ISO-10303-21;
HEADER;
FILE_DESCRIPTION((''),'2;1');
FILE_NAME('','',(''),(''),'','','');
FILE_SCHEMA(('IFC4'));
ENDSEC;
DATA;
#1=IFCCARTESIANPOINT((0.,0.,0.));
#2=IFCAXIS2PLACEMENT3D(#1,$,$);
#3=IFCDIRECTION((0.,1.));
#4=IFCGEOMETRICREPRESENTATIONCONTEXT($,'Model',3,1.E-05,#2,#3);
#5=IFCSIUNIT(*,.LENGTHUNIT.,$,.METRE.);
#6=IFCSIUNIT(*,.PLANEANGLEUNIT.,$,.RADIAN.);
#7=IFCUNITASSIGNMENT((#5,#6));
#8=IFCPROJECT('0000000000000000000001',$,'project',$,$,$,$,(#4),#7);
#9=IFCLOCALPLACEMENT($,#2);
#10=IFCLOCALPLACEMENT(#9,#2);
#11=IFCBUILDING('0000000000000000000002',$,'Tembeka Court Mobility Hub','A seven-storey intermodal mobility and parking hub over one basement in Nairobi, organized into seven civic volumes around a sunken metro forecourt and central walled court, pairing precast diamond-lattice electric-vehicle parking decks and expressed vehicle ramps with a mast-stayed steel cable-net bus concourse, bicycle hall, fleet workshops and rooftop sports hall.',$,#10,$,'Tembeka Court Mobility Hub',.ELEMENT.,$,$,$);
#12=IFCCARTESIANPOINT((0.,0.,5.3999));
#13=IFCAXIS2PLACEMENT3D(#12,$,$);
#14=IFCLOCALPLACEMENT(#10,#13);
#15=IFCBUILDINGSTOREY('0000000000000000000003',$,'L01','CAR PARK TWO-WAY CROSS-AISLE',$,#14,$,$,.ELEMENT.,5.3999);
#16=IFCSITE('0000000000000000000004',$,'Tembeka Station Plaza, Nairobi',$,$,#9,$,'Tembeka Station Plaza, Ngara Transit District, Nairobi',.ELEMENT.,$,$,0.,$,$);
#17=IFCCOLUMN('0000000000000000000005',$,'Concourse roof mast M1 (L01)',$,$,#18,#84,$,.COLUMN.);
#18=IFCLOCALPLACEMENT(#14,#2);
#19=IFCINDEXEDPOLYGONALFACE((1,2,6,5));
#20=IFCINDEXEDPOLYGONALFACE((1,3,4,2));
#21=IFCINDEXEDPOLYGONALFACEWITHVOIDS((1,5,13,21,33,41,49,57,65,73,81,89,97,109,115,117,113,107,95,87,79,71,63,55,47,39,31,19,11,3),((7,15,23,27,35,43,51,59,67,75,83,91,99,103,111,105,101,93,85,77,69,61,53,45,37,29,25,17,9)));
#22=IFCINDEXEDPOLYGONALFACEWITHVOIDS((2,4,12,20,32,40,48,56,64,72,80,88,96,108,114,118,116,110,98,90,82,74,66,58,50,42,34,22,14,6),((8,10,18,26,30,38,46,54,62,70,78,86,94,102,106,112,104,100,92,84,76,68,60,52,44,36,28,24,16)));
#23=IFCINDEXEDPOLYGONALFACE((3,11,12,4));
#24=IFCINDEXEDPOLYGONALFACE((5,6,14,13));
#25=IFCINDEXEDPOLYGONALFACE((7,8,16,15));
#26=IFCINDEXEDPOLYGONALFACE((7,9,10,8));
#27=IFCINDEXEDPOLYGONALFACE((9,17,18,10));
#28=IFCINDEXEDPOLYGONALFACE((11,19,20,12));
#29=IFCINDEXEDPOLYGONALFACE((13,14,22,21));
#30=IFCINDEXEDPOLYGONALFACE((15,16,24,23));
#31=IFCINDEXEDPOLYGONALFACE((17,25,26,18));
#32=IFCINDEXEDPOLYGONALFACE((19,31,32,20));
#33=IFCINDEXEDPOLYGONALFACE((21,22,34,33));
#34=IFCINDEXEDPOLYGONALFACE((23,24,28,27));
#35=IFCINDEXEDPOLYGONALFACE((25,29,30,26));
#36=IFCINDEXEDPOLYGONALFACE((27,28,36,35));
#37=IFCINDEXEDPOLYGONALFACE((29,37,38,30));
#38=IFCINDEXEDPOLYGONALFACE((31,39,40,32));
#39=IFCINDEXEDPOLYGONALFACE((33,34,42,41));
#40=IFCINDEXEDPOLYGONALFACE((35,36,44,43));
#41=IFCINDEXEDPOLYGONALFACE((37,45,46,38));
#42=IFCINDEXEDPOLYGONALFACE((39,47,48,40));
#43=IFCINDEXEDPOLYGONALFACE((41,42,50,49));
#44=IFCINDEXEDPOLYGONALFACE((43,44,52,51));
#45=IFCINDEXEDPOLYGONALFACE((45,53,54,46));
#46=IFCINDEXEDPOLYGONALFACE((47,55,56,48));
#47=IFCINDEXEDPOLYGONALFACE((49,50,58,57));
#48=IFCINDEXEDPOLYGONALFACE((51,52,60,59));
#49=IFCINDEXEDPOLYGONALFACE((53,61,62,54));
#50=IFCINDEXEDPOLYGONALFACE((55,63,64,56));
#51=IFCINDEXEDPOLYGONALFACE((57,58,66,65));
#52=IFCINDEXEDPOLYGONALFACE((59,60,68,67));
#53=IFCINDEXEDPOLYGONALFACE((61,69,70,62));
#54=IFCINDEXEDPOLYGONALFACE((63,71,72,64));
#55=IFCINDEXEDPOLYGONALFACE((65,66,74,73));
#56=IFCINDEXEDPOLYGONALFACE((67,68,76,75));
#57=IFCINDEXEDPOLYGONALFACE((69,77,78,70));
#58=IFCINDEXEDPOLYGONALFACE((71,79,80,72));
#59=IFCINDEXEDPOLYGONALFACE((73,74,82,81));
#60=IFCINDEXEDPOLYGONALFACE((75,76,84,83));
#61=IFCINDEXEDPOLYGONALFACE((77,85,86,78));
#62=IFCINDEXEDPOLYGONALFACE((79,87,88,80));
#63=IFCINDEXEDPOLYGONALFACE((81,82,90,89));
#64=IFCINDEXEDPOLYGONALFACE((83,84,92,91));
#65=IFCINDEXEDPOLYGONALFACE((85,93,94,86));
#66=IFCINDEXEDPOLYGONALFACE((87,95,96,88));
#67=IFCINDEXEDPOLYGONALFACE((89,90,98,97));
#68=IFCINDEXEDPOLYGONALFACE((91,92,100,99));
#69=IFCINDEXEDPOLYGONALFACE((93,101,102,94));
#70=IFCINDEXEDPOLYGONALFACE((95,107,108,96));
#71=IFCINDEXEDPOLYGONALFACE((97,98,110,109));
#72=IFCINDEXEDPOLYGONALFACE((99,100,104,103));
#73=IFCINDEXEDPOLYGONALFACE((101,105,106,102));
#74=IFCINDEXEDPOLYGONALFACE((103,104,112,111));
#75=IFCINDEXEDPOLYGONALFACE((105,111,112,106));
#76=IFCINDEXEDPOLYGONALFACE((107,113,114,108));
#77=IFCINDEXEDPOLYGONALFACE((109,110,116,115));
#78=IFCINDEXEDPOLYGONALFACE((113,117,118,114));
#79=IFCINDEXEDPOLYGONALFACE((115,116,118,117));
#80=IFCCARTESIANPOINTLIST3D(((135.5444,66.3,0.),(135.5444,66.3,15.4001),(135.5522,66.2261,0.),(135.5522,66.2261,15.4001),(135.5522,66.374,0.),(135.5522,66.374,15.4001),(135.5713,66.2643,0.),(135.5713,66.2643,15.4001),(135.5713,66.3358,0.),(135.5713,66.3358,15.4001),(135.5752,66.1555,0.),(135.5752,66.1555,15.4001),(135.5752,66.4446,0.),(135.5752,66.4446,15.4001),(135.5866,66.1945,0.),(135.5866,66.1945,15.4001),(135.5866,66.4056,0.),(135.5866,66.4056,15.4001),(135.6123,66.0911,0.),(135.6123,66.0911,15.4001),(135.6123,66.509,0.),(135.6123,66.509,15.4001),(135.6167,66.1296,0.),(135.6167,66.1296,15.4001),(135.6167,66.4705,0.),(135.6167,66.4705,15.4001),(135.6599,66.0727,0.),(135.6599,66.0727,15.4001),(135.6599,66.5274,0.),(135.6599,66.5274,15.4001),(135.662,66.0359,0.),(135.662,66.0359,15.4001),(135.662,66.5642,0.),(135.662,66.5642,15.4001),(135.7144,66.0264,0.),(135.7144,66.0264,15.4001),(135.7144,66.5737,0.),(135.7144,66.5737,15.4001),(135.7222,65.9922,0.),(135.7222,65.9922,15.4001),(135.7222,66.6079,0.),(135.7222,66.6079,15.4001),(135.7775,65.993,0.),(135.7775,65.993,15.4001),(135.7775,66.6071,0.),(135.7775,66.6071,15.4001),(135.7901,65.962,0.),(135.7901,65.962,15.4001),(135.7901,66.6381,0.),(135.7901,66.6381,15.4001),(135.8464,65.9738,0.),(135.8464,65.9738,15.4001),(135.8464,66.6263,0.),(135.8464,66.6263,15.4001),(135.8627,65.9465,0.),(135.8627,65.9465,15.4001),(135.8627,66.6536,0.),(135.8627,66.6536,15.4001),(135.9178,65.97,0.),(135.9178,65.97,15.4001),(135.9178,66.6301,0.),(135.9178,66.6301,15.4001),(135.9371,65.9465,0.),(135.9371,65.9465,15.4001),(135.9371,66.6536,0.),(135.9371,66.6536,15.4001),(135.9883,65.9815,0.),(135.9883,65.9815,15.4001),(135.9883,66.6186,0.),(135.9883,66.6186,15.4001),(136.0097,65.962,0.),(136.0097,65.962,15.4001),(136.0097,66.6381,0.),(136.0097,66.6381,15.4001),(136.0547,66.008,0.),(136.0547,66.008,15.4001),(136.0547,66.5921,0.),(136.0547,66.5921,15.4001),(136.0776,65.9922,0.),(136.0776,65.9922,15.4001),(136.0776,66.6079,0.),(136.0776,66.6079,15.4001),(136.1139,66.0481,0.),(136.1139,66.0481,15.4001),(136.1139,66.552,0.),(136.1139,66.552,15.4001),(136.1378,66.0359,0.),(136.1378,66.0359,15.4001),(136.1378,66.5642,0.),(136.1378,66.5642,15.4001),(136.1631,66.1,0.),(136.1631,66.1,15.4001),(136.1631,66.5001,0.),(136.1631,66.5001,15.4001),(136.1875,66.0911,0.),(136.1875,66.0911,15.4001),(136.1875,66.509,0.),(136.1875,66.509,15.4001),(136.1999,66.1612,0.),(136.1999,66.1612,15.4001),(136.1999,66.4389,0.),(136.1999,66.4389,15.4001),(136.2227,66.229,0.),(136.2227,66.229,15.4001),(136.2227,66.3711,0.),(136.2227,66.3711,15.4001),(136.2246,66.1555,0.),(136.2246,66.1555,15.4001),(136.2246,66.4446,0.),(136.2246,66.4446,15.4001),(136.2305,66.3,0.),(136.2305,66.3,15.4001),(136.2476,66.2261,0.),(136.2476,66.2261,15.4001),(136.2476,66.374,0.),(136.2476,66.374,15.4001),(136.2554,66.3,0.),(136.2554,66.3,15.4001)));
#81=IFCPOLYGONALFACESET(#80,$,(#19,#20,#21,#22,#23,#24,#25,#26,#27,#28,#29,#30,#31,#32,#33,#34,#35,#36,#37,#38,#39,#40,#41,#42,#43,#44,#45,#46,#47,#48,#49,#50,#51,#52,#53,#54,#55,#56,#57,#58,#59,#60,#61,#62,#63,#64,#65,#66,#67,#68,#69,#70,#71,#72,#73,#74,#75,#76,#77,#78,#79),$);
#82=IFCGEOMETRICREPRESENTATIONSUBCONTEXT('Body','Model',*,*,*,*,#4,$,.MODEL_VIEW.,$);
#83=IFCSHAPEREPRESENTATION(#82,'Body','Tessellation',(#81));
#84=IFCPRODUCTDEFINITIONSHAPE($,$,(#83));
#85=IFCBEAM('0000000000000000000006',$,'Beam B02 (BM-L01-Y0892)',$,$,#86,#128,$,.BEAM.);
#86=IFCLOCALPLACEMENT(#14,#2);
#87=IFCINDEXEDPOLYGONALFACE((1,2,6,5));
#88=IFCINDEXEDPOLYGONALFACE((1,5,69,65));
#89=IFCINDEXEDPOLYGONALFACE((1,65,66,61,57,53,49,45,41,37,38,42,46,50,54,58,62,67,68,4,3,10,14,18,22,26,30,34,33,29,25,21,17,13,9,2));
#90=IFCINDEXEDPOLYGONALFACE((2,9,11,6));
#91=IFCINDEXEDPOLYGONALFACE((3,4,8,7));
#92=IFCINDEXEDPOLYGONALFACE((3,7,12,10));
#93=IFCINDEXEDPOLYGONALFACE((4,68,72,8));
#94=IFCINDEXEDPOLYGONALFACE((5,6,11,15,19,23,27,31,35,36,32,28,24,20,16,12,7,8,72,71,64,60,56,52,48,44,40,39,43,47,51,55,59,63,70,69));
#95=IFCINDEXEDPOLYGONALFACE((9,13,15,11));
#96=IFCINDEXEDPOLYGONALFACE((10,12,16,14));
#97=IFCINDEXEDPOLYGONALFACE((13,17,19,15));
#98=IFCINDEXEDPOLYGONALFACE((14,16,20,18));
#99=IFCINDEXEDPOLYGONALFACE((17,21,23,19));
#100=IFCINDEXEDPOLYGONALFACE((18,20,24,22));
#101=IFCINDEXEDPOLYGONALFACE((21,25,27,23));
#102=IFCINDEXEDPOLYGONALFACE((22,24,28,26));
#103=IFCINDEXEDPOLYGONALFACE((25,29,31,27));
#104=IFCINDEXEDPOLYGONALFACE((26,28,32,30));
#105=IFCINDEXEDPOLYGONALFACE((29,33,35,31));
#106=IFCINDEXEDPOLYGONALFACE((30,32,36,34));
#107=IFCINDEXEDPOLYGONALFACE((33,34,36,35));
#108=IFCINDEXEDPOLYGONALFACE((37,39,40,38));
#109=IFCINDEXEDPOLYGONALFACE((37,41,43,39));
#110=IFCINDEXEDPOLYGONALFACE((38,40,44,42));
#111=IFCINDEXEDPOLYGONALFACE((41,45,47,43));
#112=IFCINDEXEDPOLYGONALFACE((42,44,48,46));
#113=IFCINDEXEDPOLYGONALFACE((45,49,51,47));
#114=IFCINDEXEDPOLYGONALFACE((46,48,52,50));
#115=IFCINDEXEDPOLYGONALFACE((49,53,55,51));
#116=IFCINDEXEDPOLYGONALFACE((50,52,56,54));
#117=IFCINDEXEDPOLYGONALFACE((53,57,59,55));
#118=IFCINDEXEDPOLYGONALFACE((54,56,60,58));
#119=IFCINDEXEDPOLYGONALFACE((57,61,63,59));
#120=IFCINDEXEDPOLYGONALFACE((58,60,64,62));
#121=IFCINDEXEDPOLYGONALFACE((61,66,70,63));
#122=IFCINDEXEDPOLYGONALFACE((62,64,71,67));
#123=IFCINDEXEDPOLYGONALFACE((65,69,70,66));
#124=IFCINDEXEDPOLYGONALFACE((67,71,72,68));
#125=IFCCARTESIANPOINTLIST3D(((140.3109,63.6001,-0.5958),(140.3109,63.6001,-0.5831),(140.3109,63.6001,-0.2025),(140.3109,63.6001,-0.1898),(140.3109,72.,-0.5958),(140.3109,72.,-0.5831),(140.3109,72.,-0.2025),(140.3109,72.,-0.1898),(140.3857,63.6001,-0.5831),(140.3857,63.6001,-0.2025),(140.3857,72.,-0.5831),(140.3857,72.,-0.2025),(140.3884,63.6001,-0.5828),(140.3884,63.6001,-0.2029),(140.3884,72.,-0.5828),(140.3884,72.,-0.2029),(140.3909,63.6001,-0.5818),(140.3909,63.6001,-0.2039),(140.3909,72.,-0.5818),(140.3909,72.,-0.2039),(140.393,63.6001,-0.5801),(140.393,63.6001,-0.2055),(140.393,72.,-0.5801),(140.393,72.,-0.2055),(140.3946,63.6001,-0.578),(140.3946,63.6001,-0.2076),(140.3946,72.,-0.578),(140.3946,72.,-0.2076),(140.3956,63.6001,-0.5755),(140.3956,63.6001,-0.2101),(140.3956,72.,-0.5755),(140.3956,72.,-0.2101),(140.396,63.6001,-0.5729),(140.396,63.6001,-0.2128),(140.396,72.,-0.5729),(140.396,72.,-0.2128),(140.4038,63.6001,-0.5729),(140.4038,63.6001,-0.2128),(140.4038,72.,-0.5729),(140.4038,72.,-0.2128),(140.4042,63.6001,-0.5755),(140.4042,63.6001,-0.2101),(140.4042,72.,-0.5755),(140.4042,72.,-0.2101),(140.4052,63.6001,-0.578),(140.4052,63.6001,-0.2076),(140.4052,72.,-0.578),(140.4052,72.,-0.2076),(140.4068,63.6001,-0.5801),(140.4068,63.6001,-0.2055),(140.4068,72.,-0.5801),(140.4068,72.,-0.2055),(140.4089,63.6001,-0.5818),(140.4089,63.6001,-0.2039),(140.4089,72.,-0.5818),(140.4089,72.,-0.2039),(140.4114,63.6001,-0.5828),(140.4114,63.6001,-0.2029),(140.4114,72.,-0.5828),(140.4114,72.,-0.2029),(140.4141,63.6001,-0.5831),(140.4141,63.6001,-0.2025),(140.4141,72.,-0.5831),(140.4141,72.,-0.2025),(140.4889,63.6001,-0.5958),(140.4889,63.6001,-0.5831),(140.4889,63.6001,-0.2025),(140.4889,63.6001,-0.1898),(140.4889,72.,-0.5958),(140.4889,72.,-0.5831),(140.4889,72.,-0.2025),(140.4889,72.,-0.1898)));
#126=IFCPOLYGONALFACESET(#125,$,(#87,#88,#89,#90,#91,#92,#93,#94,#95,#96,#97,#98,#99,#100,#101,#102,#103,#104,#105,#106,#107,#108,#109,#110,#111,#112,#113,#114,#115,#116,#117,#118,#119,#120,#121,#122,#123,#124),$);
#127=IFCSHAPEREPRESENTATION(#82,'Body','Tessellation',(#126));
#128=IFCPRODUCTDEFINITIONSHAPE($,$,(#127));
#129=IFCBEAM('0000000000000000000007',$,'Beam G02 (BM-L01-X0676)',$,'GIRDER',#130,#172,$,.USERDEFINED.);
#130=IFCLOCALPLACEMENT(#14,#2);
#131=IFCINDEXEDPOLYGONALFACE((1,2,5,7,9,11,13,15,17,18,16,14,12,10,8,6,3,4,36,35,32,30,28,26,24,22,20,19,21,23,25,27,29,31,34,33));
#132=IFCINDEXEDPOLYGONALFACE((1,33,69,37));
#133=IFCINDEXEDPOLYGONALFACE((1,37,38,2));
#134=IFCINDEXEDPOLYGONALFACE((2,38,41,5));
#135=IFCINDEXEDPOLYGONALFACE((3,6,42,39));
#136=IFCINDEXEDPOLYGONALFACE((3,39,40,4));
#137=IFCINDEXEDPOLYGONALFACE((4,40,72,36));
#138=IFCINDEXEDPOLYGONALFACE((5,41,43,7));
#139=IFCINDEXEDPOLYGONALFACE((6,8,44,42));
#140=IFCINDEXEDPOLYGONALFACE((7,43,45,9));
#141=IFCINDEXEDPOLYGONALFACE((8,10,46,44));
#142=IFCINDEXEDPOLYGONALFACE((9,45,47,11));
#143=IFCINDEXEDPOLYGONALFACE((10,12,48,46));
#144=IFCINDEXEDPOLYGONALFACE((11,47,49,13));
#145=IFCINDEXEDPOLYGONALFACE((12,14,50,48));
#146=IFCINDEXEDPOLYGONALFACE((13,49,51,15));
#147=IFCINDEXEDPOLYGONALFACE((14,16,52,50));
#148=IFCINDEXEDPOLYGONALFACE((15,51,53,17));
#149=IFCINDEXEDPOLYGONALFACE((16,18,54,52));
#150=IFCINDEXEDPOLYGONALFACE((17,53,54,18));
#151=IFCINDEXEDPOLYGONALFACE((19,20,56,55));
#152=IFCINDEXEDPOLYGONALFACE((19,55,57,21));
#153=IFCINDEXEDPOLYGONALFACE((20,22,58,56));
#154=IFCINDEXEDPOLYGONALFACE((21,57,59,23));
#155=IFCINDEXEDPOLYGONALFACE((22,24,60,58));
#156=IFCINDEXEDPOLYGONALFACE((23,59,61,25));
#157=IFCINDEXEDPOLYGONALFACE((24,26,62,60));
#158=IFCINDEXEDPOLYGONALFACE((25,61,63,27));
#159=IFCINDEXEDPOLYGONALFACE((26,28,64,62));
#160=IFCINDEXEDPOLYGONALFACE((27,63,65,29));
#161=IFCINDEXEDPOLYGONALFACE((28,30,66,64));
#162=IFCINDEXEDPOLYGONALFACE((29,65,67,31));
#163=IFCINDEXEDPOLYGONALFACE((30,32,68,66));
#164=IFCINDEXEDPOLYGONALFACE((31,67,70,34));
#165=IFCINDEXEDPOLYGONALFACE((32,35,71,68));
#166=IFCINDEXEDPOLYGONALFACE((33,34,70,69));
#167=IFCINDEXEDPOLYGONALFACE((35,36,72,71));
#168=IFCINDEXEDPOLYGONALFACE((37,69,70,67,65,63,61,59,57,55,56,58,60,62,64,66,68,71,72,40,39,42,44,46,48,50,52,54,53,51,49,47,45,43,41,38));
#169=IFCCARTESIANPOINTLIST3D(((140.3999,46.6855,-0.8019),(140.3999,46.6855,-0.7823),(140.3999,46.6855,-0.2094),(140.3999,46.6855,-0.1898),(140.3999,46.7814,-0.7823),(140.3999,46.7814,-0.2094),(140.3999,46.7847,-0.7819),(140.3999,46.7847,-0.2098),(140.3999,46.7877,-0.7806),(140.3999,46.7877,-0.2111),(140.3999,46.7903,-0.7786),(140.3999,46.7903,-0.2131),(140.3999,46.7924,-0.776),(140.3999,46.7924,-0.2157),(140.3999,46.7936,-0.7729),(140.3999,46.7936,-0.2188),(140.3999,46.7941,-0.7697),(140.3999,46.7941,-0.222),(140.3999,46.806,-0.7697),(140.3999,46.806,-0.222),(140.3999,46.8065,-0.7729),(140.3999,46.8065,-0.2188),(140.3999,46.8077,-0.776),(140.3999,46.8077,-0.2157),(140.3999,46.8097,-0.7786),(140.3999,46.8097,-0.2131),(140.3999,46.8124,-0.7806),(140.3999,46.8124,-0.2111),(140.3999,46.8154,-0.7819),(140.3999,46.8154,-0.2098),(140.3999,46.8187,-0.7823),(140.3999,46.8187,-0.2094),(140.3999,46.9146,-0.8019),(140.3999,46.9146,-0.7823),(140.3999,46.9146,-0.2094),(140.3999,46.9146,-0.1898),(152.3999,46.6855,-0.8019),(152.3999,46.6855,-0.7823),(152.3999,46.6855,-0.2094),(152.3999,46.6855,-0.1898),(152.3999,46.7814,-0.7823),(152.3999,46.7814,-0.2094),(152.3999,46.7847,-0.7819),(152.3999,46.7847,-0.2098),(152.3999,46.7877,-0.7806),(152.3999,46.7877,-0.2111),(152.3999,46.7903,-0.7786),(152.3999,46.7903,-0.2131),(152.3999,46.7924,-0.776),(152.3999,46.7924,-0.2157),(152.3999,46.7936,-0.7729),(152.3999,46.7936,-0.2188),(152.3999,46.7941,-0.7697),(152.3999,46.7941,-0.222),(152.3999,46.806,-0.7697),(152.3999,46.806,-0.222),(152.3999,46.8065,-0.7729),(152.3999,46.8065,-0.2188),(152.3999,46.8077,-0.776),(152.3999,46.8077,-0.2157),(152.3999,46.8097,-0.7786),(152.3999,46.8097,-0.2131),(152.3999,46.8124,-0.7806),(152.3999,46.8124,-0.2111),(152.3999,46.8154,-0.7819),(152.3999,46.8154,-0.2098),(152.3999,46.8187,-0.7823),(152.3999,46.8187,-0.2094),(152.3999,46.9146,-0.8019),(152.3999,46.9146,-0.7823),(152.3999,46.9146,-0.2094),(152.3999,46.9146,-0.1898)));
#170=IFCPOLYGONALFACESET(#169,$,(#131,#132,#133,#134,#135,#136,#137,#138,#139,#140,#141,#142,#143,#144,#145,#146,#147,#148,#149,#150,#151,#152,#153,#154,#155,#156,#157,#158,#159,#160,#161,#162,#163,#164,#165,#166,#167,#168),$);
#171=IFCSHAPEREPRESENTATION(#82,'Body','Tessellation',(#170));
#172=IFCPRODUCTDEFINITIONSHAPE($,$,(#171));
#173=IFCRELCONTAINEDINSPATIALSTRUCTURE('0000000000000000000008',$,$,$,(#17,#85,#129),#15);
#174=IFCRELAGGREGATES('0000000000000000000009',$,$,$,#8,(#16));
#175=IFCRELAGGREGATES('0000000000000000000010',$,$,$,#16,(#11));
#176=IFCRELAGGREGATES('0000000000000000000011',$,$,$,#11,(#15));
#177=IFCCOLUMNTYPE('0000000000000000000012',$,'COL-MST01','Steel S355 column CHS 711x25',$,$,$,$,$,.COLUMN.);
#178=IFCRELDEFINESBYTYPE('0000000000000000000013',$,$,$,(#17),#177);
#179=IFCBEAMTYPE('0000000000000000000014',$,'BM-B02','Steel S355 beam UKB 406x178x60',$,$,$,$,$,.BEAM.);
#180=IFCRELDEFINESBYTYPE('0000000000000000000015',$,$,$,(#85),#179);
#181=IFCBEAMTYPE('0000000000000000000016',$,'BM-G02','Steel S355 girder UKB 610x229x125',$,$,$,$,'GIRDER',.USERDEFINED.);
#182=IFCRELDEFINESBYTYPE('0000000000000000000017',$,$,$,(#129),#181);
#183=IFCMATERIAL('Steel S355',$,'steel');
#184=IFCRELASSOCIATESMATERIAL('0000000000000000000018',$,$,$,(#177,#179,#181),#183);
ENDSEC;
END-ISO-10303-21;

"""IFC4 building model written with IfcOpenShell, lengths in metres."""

from ifc_helpers import new_model, si_unit, direction, frame, origin, origin_2d, place, context, subcontext, project, spatial, hollow_circle, i_section, extrude, material, material_profile, profile_set, type_object, element, save


model = new_model("IFC4")

# Units and contexts
model_context = context("Model", 3, precision=1e-05, world=origin(), true_north=direction((0.0, 1.0)))
body_context = subcontext(model_context, "Body", "Model", "MODEL_VIEW")
ifc_project = project(units=[si_unit("LENGTHUNIT", "METRE"), si_unit("PLANEANGLEUNIT", "RADIAN")], contexts=[model_context])

# Site, building, storey
site_placement = place(None, origin())
site = spatial("IfcSite", under=ifc_project, at=site_placement, Name="Tembeka Station Plaza, Nairobi", LongName="Tembeka Station Plaza, Ngara Transit District, Nairobi", CompositionType="ELEMENT", RefElevation=0.0)
building_placement = place(site_placement, origin())
building = spatial("IfcBuilding", under=site, at=building_placement, Name="Tembeka Court Mobility Hub", Description="A seven-storey intermodal mobility and parking hub over one basement in Nairobi, organized into seven civic volumes around a sunken metro forecourt and central walled court, pairing precast diamond-lattice electric-vehicle parking decks and expressed vehicle ramps with a mast-stayed steel cable-net bus concourse, bicycle hall, fleet workshops and rooftop sports hall.", LongName="Tembeka Court Mobility Hub", CompositionType="ELEMENT")
storey_placement = place(building_placement, frame((0.0, 0.0, 5.3999)))
storey = spatial("IfcBuildingStorey", under=building, at=storey_placement, Name="L01", Description="CAR PARK TWO-WAY CROSS-AISLE", CompositionType="ELEMENT", Elevation=5.3999)

# Column
ifc_material_1 = material(Name="Steel S355", Category="steel")
ifc_material_profile_1 = material_profile(ifc_material_1, hollow_circle(Radius=0.3555, WallThickness=0.0249, at=origin_2d()), Name="CHS 711x25")
ifc_profile_set_1 = profile_set([ifc_material_profile_1], Name="Steel S355")
column_type_1 = type_object("IfcColumnType", Name="COL-MST01", Description="Steel S355 column CHS 711x25", PredefinedType="COLUMN", material=ifc_profile_set_1)
column_1_placement = place(storey_placement, frame((135.8999, 66.3, 0.0), z_axis=(0.0, 0.0, 1.0), x_axis=(1.0, 0.0, 0.0)))
element("IfcColumn", 1, at=column_1_placement, inside=storey, type_object=column_type_1, Name="Concourse roof mast M1 (L01)", PredefinedType="COLUMN", context=body_context, shape_type="SweptSolid", body=[
    extrude(hollow_circle(Radius=0.3555, WallThickness=0.0249, at=origin_2d()), origin(), (0.0, 0.0, 1.0), 15.4001),
])

# Beams
ifc_material_profile_2 = material_profile(ifc_material_1, i_section(OverallWidth=0.178, OverallDepth=0.406, WebThickness=0.0078, FlangeThickness=0.0127, FilletRadius=0.0103, at=origin_2d()), Name="UKB 406x178x60")
ifc_profile_set_2 = profile_set([ifc_material_profile_2], Name="Steel S355")
beam_type_1 = type_object("IfcBeamType", Name="BM-B02", Description="Steel S355 beam UKB 406x178x60", PredefinedType="BEAM", material=ifc_profile_set_2)
beam_1_placement = place(storey_placement, frame((140.3999, 63.6001, -0.3928), z_axis=(0.0, 1.0, 0.0), x_axis=(-1.0, 0.0, 0.0)))
element("IfcBeam", 2, at=beam_1_placement, inside=storey, type_object=beam_type_1, Name="Beam B02 (BM-L01-Y0892)", PredefinedType="BEAM", context=body_context, shape_type="SweptSolid", body=[
    extrude(i_section(OverallWidth=0.178, OverallDepth=0.406, WebThickness=0.0078, FlangeThickness=0.0127, FilletRadius=0.0103, at=origin_2d()), origin(), (0.0, 0.0, 1.0), 8.3999),
])
ifc_material_profile_3 = material_profile(ifc_material_1, i_section(OverallWidth=0.229, OverallDepth=0.6121, WebThickness=0.012, FlangeThickness=0.0195, FilletRadius=0.0127, at=origin_2d()), Name="UKB 610x229x125")
ifc_profile_set_3 = profile_set([ifc_material_profile_3], Name="Steel S355")
beam_type_2 = type_object("IfcBeamType", Name="BM-G02", Description="Steel S355 girder UKB 610x229x125", ElementType="GIRDER", PredefinedType="USERDEFINED", material=ifc_profile_set_3)
beam_2_placement = place(storey_placement, frame((140.3999, 46.8, -0.4958), z_axis=(1.0, 0.0, 0.0), x_axis=(0.0, 1.0, 0.0)))
element("IfcBeam", 3, at=beam_2_placement, inside=storey, type_object=beam_type_2, Name="Beam G02 (BM-L01-X0676)", ObjectType="GIRDER", PredefinedType="USERDEFINED", context=body_context, shape_type="SweptSolid", body=[
    extrude(i_section(OverallWidth=0.229, OverallDepth=0.6121, WebThickness=0.012, FlangeThickness=0.0195, FilletRadius=0.0127, at=origin_2d()), origin(), (0.0, 0.0, 1.0), 12.0),
])

save(model, "model.ifc")
